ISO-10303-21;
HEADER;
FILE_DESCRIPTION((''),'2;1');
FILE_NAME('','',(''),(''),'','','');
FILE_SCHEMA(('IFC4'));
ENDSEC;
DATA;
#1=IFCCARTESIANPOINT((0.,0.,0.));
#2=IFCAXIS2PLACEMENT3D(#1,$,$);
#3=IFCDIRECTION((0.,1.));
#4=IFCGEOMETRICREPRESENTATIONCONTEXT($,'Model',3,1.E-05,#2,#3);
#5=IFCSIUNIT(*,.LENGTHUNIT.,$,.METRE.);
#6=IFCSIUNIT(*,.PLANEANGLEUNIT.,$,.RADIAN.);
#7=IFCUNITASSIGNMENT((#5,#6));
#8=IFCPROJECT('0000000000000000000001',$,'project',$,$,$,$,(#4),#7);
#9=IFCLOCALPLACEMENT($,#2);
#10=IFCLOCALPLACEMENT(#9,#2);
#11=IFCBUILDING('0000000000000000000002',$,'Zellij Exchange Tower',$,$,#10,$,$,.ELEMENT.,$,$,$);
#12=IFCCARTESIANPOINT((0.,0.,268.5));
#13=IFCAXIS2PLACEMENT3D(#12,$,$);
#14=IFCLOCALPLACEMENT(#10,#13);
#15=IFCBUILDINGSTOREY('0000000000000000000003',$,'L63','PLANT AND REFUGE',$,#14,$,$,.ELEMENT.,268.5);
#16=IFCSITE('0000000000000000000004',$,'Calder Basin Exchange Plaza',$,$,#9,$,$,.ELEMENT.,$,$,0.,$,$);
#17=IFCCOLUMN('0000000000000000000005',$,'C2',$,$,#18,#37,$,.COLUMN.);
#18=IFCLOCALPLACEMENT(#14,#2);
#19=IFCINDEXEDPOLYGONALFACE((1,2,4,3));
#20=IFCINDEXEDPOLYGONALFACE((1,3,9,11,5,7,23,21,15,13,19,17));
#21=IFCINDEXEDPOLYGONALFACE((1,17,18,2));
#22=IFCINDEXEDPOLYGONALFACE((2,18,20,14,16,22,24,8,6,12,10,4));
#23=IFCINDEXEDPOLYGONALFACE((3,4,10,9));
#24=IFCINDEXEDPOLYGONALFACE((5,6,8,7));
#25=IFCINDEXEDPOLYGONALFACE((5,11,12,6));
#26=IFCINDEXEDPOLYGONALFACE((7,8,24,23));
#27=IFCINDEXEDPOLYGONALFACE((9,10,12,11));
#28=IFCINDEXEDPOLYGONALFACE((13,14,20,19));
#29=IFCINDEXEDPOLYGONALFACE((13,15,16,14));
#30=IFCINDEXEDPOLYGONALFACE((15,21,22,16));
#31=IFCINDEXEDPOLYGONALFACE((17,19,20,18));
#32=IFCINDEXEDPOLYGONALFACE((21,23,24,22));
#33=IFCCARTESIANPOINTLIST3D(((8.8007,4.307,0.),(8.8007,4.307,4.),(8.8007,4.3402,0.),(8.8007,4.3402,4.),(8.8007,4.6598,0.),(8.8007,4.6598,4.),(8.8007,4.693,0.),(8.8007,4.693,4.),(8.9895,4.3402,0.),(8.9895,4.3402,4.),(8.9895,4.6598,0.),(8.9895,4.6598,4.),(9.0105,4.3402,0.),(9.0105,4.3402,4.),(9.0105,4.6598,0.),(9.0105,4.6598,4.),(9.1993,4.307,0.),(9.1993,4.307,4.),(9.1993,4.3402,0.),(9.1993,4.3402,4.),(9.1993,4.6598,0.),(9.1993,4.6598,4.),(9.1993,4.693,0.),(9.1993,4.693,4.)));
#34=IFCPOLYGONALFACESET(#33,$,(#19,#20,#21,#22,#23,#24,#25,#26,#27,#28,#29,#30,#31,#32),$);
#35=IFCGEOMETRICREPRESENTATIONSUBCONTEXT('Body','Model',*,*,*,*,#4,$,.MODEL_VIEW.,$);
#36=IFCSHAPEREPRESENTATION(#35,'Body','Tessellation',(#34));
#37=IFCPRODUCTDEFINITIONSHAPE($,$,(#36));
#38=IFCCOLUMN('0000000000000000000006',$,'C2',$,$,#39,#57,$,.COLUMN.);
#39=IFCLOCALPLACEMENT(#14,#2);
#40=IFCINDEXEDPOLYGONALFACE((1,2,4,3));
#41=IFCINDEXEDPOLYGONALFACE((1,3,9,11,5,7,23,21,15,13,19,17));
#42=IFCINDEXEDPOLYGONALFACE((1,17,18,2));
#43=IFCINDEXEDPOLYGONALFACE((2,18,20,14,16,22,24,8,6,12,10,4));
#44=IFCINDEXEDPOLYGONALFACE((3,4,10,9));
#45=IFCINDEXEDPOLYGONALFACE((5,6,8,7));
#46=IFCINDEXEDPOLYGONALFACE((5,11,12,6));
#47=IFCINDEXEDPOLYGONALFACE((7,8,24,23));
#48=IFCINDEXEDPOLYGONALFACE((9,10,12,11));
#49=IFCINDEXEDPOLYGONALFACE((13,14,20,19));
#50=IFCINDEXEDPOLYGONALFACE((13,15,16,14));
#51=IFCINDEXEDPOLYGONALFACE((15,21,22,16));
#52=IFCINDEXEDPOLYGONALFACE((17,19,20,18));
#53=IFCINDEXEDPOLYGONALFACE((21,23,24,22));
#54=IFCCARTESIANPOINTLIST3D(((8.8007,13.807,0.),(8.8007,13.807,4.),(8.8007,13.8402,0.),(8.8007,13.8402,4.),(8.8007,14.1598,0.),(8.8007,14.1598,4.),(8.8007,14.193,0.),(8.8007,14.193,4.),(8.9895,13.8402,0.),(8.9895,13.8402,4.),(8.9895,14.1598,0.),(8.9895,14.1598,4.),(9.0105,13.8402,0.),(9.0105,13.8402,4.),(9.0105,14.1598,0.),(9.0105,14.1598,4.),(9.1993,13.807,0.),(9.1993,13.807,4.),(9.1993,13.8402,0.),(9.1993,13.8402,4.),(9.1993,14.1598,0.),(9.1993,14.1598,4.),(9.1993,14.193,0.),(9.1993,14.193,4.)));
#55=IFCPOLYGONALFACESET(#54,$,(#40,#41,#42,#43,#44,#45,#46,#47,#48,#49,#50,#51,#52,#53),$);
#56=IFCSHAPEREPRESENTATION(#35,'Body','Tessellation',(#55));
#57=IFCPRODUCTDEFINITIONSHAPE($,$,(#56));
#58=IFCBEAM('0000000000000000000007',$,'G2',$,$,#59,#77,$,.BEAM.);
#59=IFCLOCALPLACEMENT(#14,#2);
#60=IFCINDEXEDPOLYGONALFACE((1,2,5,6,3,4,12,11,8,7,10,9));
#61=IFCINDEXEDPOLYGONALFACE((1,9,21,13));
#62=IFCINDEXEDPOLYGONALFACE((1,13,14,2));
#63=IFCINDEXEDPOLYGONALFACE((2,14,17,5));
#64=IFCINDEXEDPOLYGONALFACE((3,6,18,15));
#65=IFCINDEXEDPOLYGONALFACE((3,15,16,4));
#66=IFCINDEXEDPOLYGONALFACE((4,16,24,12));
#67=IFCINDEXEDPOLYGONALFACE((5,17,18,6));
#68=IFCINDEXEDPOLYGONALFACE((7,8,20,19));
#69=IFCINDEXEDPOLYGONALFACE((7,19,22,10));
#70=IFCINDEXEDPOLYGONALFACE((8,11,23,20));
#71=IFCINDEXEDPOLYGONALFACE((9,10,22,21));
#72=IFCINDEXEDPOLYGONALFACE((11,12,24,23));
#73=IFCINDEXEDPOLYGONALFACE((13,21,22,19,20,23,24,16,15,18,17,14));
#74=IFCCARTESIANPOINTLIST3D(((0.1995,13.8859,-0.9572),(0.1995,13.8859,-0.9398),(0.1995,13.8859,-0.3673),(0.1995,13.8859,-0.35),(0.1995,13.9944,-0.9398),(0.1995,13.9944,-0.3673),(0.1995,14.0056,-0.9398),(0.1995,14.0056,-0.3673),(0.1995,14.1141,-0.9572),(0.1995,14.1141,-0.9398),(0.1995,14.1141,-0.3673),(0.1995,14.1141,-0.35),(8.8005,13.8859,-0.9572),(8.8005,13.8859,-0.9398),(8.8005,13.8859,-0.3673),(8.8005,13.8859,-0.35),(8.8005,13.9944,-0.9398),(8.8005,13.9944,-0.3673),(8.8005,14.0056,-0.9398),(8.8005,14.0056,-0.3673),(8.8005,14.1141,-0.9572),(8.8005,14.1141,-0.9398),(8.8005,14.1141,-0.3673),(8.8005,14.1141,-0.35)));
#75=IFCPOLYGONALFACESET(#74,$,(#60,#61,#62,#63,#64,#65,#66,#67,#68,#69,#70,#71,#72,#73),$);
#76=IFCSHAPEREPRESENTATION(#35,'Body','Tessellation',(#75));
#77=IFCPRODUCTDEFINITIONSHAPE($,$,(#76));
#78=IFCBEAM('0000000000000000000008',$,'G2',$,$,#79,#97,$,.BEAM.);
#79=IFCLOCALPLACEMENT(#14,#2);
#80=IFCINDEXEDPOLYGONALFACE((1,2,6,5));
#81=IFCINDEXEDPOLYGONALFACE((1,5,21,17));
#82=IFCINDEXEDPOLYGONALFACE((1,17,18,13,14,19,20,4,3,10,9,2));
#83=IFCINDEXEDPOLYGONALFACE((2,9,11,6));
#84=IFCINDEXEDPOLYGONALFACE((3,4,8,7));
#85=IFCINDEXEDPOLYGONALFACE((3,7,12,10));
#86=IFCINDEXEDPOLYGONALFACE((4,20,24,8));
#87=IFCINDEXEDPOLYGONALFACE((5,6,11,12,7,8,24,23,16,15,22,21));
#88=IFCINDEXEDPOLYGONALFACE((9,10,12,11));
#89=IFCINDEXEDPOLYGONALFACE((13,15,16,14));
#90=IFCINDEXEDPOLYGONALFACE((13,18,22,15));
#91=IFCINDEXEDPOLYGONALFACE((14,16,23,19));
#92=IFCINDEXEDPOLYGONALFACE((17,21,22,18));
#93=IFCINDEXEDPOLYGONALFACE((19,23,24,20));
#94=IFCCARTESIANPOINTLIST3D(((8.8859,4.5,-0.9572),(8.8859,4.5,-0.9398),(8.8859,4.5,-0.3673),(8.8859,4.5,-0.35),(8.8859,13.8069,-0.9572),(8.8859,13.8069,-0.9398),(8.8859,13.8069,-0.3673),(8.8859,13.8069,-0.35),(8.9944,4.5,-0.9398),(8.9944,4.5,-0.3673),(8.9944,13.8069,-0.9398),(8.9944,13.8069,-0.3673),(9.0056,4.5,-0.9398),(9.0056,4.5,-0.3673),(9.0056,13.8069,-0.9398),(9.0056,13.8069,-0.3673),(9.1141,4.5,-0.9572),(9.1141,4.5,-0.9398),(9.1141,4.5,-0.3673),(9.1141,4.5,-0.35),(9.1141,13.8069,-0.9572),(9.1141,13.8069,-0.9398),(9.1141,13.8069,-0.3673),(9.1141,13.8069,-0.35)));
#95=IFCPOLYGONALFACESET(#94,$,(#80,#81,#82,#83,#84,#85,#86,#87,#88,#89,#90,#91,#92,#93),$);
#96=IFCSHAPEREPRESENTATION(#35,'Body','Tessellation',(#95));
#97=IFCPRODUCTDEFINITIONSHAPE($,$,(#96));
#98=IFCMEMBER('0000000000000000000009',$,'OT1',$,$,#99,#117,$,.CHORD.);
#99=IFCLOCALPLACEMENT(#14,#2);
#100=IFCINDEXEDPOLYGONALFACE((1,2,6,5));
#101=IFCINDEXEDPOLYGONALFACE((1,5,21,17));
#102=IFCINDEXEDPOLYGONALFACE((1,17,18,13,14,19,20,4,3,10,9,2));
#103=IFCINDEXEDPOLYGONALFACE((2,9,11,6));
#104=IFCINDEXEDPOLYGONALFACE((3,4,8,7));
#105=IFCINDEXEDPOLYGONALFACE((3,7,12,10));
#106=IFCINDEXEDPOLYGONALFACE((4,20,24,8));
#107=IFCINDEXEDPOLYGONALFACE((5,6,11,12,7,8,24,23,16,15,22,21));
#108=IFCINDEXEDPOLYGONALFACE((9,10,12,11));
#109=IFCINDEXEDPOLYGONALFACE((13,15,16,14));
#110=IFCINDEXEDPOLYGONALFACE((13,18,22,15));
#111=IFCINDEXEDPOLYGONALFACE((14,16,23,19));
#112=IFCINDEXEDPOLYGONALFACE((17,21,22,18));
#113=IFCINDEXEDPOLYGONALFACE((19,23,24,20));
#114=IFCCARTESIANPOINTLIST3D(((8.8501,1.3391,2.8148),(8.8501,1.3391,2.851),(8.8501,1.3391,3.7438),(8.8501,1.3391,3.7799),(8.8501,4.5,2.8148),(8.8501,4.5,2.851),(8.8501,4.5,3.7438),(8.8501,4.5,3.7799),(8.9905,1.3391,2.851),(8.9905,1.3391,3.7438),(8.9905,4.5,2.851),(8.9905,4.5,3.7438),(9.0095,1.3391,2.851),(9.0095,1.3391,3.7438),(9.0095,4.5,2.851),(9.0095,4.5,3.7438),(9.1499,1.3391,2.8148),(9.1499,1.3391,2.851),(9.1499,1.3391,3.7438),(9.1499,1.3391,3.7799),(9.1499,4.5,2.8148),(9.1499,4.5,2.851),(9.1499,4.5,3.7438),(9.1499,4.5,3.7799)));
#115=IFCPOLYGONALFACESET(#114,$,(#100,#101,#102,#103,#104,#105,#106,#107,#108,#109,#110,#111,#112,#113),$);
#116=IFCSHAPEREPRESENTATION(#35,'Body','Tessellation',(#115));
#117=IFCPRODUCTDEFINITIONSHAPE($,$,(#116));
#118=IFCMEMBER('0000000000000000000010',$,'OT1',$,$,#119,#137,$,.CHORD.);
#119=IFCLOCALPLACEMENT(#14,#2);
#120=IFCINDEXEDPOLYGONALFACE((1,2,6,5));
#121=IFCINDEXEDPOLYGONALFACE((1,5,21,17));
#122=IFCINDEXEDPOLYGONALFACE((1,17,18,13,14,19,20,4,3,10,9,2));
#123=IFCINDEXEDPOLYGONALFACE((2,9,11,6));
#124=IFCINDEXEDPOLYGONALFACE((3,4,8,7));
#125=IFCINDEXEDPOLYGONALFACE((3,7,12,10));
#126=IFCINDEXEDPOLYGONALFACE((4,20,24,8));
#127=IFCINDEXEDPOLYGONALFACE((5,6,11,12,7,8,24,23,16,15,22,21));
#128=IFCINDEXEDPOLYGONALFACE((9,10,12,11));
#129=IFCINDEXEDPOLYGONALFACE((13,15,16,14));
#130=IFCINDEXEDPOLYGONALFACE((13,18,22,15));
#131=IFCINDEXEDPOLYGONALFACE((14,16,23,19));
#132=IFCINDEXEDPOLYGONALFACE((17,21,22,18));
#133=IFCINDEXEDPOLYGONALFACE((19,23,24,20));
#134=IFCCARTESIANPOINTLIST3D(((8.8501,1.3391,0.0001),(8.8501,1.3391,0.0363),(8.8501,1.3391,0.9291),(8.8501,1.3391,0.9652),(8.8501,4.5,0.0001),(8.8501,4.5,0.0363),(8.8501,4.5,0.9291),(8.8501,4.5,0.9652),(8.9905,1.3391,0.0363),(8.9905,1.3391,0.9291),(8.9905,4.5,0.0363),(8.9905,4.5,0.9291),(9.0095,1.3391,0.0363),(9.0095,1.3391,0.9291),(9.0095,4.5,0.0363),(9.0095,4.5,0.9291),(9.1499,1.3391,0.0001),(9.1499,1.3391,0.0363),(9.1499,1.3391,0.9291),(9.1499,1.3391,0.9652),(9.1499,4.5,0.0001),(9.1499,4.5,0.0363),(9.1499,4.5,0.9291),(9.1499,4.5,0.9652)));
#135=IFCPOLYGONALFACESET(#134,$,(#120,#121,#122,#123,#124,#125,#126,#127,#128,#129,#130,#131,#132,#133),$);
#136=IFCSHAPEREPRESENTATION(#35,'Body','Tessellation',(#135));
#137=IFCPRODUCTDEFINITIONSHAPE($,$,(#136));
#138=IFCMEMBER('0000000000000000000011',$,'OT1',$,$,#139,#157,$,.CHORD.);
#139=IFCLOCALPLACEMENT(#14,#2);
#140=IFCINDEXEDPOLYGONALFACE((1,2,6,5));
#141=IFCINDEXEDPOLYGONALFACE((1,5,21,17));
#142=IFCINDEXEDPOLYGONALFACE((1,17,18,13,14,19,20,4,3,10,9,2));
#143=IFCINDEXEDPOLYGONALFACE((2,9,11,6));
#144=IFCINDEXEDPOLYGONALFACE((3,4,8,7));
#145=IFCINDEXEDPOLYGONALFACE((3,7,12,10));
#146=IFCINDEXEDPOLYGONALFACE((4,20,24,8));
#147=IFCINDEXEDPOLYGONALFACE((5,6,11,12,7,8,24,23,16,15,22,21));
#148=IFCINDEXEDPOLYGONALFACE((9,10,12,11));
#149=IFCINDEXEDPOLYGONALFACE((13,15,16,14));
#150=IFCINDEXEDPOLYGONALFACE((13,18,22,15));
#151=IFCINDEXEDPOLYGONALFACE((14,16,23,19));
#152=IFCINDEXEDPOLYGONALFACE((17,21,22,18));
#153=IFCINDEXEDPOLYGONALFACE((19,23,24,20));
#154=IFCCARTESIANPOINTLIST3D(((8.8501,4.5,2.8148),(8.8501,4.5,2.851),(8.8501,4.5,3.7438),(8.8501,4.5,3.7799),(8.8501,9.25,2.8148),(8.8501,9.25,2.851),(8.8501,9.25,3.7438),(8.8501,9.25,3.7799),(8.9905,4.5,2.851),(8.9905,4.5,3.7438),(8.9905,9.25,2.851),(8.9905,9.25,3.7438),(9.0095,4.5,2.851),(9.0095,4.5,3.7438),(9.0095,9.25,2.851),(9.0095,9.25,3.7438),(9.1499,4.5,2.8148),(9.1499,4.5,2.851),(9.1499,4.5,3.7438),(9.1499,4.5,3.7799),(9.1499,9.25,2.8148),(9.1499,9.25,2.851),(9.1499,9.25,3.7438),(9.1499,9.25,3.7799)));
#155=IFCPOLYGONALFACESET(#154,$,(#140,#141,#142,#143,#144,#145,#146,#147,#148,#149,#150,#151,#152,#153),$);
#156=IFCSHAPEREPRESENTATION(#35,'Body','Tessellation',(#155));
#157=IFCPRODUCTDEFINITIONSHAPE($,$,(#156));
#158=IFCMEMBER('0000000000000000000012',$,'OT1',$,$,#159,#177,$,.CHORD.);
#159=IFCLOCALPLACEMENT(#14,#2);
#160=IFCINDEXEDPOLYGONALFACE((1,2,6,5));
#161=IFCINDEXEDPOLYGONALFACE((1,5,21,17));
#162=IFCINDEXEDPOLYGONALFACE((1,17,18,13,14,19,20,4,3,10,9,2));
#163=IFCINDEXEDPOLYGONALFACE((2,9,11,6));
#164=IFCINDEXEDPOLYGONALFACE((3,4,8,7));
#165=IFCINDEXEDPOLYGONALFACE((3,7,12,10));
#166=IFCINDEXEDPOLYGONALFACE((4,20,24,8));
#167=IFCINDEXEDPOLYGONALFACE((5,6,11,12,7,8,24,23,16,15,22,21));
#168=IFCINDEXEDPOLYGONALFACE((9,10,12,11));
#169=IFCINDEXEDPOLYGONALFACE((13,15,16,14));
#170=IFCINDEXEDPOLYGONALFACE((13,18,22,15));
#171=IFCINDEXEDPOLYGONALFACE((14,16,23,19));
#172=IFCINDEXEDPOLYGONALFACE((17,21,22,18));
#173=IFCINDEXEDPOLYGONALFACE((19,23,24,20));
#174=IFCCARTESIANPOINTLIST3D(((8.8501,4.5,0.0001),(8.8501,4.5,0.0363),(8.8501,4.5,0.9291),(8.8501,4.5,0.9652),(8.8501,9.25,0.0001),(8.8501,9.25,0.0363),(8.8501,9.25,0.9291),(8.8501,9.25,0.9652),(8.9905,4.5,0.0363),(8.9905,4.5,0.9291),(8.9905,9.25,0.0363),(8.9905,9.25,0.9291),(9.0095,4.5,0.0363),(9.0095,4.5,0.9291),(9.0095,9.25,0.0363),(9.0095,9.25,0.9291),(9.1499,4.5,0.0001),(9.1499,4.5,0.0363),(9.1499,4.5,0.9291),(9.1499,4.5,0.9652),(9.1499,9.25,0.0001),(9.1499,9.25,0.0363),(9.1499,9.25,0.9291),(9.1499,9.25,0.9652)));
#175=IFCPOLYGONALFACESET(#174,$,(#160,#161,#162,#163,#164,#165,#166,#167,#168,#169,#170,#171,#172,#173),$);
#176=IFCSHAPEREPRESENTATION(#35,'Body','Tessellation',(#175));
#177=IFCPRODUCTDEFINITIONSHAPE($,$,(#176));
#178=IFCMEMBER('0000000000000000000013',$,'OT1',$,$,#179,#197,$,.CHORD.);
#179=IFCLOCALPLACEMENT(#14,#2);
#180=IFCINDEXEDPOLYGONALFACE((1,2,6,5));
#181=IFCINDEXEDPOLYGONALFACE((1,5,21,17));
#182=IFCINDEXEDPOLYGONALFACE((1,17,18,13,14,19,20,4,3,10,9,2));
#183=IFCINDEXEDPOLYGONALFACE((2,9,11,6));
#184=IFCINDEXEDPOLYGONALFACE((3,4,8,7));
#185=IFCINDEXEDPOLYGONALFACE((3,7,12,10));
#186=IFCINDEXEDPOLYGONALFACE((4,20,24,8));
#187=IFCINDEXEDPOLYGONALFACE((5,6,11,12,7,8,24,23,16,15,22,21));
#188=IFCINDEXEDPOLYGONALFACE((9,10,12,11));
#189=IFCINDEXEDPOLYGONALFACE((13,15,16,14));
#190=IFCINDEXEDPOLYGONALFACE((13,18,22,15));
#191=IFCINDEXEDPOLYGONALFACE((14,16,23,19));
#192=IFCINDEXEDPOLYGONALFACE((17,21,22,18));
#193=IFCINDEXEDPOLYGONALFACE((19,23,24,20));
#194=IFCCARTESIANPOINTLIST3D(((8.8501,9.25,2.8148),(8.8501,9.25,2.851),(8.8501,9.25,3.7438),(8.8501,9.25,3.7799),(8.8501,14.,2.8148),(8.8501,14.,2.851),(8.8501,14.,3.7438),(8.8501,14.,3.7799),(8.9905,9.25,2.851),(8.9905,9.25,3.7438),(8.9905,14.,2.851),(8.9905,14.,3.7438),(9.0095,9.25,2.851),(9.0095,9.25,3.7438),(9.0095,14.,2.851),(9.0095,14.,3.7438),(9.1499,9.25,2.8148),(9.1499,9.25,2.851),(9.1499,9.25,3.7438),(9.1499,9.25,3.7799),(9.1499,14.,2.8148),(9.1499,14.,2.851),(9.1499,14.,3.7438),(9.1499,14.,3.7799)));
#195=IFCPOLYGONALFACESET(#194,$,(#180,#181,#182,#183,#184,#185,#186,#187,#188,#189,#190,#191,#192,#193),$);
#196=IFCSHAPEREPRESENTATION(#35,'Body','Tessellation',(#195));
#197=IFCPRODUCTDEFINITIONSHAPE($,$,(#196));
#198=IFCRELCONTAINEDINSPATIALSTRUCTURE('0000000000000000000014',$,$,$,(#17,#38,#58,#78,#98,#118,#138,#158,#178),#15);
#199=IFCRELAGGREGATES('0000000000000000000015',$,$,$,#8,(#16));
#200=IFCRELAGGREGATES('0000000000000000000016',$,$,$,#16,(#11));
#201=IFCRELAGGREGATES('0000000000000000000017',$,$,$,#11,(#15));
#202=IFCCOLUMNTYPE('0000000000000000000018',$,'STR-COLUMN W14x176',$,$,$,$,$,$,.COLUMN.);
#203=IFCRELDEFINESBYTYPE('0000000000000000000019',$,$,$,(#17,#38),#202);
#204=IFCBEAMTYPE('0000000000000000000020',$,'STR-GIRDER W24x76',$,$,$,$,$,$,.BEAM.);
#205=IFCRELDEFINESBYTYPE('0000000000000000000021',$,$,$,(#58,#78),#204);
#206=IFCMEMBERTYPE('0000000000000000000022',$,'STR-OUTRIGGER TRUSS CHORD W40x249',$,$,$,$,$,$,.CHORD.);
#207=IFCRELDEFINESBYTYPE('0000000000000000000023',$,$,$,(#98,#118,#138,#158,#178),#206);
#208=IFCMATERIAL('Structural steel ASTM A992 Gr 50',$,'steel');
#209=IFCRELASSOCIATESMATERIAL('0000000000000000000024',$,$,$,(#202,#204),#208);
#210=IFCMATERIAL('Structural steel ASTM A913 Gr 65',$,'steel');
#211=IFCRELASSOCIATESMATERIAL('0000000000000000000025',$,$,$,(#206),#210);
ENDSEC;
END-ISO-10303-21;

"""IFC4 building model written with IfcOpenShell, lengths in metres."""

from ifc_helpers import new_model, si_unit, direction, frame, origin, origin_2d, place, context, subcontext, project, spatial, i_section, extrude, material, material_profile, profile_set, type_object, element, save


model = new_model("IFC4")

# Units and contexts
model_context = context("Model", 3, precision=1e-05, world=origin(), true_north=direction((0.0, 1.0)))
body_context = subcontext(model_context, "Body", "Model", "MODEL_VIEW")
ifc_project = project(units=[si_unit("LENGTHUNIT", "METRE"), si_unit("PLANEANGLEUNIT", "RADIAN")], contexts=[model_context])

# Site, building, storey
site_placement = place(None, origin())
site = spatial("IfcSite", under=ifc_project, at=site_placement, Name="Calder Basin Exchange Plaza", CompositionType="ELEMENT", RefElevation=0.0)
building_placement = place(site_placement, origin())
building = spatial("IfcBuilding", under=site, at=building_placement, Name="Zellij Exchange Tower", CompositionType="ELEMENT")
storey_placement = place(building_placement, frame((0.0, 0.0, 268.5)))
storey = spatial("IfcBuildingStorey", under=building, at=storey_placement, Name="L63", Description="PLANT AND REFUGE", CompositionType="ELEMENT", Elevation=268.5)

# Columns
ifc_material_1 = material(Name="Structural steel ASTM A992 Gr 50", Category="steel")
ifc_material_profile_1 = material_profile(ifc_material_1, i_section(OverallWidth=0.3987, OverallDepth=0.386, WebThickness=0.021, FlangeThickness=0.0332, at=origin_2d()), Name="W14x176")
ifc_profile_set_1 = profile_set([ifc_material_profile_1], Name="Structural steel ASTM A992 Gr 50")
column_type = type_object("IfcColumnType", Name="STR-COLUMN W14x176", PredefinedType="COLUMN", material=ifc_profile_set_1)
for number, where, z_axis, x_axis, name in (
    (1, (9.0, 4.5, 0.0), (0.0, 0.0, 1.0), (1.0, 0.0, 0.0), "C2"),
    (2, (9.0, 14.0, 0.0), (0.0, 0.0, 1.0), (1.0, 0.0, 0.0), "C2"),
):
    element("IfcColumn", number, at=place(storey_placement, frame(where, z_axis=z_axis, x_axis=x_axis)), inside=storey, type_object=column_type, Name=name, PredefinedType="COLUMN", context=body_context, shape_type="SweptSolid", body=[
        extrude(i_section(OverallWidth=0.3987, OverallDepth=0.386, WebThickness=0.021, FlangeThickness=0.0332, at=origin_2d()), origin(), (0.0, 0.0, 1.0), 4.0),
    ])

# Beams
ifc_material_profile_2 = material_profile(ifc_material_1, i_section(OverallWidth=0.2283, OverallDepth=0.6072, WebThickness=0.0112, FlangeThickness=0.0173, at=origin_2d()), Name="W24x76")
ifc_profile_set_2 = profile_set([ifc_material_profile_2], Name="Structural steel ASTM A992 Gr 50")
beam_type = type_object("IfcBeamType", Name="STR-GIRDER W24x76", PredefinedType="BEAM", material=ifc_profile_set_2)
beam_1_placement = place(storey_placement, frame((0.1995, 14.0, -0.6536), z_axis=(1.0, 0.0, 0.0), x_axis=(0.0, 1.0, 0.0)))
element("IfcBeam", 3, at=beam_1_placement, inside=storey, type_object=beam_type, Name="G2", PredefinedType="BEAM", context=body_context, shape_type="SweptSolid", body=[
    extrude(i_section(OverallWidth=0.2283, OverallDepth=0.6072, WebThickness=0.0112, FlangeThickness=0.0173, at=origin_2d()), origin(), (0.0, 0.0, 1.0), 8.6011),
])
beam_2_placement = place(storey_placement, frame((9.0, 4.5, -0.6536), z_axis=(0.0, 1.0, 0.0), x_axis=(-1.0, 0.0, 0.0)))
element("IfcBeam", 4, at=beam_2_placement, inside=storey, type_object=beam_type, Name="G2", PredefinedType="BEAM", context=body_context, shape_type="SweptSolid", body=[
    extrude(i_section(OverallWidth=0.2283, OverallDepth=0.6072, WebThickness=0.0112, FlangeThickness=0.0173, at=origin_2d()), origin(), (0.0, 0.0, 1.0), 9.3069),
])

# Members
ifc_material_2 = material(Name="Structural steel ASTM A913 Gr 65", Category="steel")
ifc_material_profile_3 = material_profile(ifc_material_2, i_section(OverallWidth=0.2998, OverallDepth=0.9651, WebThickness=0.019, FlangeThickness=0.0361, at=origin_2d()), Name="W40x249")
ifc_profile_set_3 = profile_set([ifc_material_profile_3], Name="Structural steel ASTM A913 Gr 65")
member_type_1 = type_object("IfcMemberType", Name="STR-OUTRIGGER TRUSS CHORD W40x249", PredefinedType="CHORD", material=ifc_profile_set_3)
for number, where, z_axis, x_axis, name in (
    (5, (9.0, 1.3391, 3.2974), (0.0, 1.0, 0.0), (-1.0, 0.0, 0.0), "OT1"),
    (6, (9.0, 1.3391, 0.4827), (0.0, 1.0, 0.0), (-1.0, 0.0, 0.0), "OT1"),
):
    element("IfcMember", number, at=place(storey_placement, frame(where, z_axis=z_axis, x_axis=x_axis)), inside=storey, type_object=member_type_1, Name=name, PredefinedType="CHORD", context=body_context, shape_type="SweptSolid", body=[
        extrude(i_section(OverallWidth=0.2998, OverallDepth=0.9651, WebThickness=0.019, FlangeThickness=0.0361, at=origin_2d()), origin(), (0.0, 0.0, 1.0), 3.1609),
    ])
for number, where, z_axis, x_axis, name in (
    (7, (9.0, 4.5, 3.2974), (0.0, 1.0, 0.0), (-1.0, 0.0, 0.0), "OT1"),
    (8, (9.0, 4.5, 0.4827), (0.0, 1.0, 0.0), (-1.0, 0.0, 0.0), "OT1"),
    (9, (9.0, 9.25, 3.2974), (0.0, 1.0, 0.0), (-1.0, 0.0, 0.0), "OT1"),
):
    element("IfcMember", number, at=place(storey_placement, frame(where, z_axis=z_axis, x_axis=x_axis)), inside=storey, type_object=member_type_1, Name=name, PredefinedType="CHORD", context=body_context, shape_type="SweptSolid", body=[
        extrude(i_section(OverallWidth=0.2998, OverallDepth=0.9651, WebThickness=0.019, FlangeThickness=0.0361, at=origin_2d()), origin(), (0.0, 0.0, 1.0), 4.75),
    ])

save(model, "model.ifc")
